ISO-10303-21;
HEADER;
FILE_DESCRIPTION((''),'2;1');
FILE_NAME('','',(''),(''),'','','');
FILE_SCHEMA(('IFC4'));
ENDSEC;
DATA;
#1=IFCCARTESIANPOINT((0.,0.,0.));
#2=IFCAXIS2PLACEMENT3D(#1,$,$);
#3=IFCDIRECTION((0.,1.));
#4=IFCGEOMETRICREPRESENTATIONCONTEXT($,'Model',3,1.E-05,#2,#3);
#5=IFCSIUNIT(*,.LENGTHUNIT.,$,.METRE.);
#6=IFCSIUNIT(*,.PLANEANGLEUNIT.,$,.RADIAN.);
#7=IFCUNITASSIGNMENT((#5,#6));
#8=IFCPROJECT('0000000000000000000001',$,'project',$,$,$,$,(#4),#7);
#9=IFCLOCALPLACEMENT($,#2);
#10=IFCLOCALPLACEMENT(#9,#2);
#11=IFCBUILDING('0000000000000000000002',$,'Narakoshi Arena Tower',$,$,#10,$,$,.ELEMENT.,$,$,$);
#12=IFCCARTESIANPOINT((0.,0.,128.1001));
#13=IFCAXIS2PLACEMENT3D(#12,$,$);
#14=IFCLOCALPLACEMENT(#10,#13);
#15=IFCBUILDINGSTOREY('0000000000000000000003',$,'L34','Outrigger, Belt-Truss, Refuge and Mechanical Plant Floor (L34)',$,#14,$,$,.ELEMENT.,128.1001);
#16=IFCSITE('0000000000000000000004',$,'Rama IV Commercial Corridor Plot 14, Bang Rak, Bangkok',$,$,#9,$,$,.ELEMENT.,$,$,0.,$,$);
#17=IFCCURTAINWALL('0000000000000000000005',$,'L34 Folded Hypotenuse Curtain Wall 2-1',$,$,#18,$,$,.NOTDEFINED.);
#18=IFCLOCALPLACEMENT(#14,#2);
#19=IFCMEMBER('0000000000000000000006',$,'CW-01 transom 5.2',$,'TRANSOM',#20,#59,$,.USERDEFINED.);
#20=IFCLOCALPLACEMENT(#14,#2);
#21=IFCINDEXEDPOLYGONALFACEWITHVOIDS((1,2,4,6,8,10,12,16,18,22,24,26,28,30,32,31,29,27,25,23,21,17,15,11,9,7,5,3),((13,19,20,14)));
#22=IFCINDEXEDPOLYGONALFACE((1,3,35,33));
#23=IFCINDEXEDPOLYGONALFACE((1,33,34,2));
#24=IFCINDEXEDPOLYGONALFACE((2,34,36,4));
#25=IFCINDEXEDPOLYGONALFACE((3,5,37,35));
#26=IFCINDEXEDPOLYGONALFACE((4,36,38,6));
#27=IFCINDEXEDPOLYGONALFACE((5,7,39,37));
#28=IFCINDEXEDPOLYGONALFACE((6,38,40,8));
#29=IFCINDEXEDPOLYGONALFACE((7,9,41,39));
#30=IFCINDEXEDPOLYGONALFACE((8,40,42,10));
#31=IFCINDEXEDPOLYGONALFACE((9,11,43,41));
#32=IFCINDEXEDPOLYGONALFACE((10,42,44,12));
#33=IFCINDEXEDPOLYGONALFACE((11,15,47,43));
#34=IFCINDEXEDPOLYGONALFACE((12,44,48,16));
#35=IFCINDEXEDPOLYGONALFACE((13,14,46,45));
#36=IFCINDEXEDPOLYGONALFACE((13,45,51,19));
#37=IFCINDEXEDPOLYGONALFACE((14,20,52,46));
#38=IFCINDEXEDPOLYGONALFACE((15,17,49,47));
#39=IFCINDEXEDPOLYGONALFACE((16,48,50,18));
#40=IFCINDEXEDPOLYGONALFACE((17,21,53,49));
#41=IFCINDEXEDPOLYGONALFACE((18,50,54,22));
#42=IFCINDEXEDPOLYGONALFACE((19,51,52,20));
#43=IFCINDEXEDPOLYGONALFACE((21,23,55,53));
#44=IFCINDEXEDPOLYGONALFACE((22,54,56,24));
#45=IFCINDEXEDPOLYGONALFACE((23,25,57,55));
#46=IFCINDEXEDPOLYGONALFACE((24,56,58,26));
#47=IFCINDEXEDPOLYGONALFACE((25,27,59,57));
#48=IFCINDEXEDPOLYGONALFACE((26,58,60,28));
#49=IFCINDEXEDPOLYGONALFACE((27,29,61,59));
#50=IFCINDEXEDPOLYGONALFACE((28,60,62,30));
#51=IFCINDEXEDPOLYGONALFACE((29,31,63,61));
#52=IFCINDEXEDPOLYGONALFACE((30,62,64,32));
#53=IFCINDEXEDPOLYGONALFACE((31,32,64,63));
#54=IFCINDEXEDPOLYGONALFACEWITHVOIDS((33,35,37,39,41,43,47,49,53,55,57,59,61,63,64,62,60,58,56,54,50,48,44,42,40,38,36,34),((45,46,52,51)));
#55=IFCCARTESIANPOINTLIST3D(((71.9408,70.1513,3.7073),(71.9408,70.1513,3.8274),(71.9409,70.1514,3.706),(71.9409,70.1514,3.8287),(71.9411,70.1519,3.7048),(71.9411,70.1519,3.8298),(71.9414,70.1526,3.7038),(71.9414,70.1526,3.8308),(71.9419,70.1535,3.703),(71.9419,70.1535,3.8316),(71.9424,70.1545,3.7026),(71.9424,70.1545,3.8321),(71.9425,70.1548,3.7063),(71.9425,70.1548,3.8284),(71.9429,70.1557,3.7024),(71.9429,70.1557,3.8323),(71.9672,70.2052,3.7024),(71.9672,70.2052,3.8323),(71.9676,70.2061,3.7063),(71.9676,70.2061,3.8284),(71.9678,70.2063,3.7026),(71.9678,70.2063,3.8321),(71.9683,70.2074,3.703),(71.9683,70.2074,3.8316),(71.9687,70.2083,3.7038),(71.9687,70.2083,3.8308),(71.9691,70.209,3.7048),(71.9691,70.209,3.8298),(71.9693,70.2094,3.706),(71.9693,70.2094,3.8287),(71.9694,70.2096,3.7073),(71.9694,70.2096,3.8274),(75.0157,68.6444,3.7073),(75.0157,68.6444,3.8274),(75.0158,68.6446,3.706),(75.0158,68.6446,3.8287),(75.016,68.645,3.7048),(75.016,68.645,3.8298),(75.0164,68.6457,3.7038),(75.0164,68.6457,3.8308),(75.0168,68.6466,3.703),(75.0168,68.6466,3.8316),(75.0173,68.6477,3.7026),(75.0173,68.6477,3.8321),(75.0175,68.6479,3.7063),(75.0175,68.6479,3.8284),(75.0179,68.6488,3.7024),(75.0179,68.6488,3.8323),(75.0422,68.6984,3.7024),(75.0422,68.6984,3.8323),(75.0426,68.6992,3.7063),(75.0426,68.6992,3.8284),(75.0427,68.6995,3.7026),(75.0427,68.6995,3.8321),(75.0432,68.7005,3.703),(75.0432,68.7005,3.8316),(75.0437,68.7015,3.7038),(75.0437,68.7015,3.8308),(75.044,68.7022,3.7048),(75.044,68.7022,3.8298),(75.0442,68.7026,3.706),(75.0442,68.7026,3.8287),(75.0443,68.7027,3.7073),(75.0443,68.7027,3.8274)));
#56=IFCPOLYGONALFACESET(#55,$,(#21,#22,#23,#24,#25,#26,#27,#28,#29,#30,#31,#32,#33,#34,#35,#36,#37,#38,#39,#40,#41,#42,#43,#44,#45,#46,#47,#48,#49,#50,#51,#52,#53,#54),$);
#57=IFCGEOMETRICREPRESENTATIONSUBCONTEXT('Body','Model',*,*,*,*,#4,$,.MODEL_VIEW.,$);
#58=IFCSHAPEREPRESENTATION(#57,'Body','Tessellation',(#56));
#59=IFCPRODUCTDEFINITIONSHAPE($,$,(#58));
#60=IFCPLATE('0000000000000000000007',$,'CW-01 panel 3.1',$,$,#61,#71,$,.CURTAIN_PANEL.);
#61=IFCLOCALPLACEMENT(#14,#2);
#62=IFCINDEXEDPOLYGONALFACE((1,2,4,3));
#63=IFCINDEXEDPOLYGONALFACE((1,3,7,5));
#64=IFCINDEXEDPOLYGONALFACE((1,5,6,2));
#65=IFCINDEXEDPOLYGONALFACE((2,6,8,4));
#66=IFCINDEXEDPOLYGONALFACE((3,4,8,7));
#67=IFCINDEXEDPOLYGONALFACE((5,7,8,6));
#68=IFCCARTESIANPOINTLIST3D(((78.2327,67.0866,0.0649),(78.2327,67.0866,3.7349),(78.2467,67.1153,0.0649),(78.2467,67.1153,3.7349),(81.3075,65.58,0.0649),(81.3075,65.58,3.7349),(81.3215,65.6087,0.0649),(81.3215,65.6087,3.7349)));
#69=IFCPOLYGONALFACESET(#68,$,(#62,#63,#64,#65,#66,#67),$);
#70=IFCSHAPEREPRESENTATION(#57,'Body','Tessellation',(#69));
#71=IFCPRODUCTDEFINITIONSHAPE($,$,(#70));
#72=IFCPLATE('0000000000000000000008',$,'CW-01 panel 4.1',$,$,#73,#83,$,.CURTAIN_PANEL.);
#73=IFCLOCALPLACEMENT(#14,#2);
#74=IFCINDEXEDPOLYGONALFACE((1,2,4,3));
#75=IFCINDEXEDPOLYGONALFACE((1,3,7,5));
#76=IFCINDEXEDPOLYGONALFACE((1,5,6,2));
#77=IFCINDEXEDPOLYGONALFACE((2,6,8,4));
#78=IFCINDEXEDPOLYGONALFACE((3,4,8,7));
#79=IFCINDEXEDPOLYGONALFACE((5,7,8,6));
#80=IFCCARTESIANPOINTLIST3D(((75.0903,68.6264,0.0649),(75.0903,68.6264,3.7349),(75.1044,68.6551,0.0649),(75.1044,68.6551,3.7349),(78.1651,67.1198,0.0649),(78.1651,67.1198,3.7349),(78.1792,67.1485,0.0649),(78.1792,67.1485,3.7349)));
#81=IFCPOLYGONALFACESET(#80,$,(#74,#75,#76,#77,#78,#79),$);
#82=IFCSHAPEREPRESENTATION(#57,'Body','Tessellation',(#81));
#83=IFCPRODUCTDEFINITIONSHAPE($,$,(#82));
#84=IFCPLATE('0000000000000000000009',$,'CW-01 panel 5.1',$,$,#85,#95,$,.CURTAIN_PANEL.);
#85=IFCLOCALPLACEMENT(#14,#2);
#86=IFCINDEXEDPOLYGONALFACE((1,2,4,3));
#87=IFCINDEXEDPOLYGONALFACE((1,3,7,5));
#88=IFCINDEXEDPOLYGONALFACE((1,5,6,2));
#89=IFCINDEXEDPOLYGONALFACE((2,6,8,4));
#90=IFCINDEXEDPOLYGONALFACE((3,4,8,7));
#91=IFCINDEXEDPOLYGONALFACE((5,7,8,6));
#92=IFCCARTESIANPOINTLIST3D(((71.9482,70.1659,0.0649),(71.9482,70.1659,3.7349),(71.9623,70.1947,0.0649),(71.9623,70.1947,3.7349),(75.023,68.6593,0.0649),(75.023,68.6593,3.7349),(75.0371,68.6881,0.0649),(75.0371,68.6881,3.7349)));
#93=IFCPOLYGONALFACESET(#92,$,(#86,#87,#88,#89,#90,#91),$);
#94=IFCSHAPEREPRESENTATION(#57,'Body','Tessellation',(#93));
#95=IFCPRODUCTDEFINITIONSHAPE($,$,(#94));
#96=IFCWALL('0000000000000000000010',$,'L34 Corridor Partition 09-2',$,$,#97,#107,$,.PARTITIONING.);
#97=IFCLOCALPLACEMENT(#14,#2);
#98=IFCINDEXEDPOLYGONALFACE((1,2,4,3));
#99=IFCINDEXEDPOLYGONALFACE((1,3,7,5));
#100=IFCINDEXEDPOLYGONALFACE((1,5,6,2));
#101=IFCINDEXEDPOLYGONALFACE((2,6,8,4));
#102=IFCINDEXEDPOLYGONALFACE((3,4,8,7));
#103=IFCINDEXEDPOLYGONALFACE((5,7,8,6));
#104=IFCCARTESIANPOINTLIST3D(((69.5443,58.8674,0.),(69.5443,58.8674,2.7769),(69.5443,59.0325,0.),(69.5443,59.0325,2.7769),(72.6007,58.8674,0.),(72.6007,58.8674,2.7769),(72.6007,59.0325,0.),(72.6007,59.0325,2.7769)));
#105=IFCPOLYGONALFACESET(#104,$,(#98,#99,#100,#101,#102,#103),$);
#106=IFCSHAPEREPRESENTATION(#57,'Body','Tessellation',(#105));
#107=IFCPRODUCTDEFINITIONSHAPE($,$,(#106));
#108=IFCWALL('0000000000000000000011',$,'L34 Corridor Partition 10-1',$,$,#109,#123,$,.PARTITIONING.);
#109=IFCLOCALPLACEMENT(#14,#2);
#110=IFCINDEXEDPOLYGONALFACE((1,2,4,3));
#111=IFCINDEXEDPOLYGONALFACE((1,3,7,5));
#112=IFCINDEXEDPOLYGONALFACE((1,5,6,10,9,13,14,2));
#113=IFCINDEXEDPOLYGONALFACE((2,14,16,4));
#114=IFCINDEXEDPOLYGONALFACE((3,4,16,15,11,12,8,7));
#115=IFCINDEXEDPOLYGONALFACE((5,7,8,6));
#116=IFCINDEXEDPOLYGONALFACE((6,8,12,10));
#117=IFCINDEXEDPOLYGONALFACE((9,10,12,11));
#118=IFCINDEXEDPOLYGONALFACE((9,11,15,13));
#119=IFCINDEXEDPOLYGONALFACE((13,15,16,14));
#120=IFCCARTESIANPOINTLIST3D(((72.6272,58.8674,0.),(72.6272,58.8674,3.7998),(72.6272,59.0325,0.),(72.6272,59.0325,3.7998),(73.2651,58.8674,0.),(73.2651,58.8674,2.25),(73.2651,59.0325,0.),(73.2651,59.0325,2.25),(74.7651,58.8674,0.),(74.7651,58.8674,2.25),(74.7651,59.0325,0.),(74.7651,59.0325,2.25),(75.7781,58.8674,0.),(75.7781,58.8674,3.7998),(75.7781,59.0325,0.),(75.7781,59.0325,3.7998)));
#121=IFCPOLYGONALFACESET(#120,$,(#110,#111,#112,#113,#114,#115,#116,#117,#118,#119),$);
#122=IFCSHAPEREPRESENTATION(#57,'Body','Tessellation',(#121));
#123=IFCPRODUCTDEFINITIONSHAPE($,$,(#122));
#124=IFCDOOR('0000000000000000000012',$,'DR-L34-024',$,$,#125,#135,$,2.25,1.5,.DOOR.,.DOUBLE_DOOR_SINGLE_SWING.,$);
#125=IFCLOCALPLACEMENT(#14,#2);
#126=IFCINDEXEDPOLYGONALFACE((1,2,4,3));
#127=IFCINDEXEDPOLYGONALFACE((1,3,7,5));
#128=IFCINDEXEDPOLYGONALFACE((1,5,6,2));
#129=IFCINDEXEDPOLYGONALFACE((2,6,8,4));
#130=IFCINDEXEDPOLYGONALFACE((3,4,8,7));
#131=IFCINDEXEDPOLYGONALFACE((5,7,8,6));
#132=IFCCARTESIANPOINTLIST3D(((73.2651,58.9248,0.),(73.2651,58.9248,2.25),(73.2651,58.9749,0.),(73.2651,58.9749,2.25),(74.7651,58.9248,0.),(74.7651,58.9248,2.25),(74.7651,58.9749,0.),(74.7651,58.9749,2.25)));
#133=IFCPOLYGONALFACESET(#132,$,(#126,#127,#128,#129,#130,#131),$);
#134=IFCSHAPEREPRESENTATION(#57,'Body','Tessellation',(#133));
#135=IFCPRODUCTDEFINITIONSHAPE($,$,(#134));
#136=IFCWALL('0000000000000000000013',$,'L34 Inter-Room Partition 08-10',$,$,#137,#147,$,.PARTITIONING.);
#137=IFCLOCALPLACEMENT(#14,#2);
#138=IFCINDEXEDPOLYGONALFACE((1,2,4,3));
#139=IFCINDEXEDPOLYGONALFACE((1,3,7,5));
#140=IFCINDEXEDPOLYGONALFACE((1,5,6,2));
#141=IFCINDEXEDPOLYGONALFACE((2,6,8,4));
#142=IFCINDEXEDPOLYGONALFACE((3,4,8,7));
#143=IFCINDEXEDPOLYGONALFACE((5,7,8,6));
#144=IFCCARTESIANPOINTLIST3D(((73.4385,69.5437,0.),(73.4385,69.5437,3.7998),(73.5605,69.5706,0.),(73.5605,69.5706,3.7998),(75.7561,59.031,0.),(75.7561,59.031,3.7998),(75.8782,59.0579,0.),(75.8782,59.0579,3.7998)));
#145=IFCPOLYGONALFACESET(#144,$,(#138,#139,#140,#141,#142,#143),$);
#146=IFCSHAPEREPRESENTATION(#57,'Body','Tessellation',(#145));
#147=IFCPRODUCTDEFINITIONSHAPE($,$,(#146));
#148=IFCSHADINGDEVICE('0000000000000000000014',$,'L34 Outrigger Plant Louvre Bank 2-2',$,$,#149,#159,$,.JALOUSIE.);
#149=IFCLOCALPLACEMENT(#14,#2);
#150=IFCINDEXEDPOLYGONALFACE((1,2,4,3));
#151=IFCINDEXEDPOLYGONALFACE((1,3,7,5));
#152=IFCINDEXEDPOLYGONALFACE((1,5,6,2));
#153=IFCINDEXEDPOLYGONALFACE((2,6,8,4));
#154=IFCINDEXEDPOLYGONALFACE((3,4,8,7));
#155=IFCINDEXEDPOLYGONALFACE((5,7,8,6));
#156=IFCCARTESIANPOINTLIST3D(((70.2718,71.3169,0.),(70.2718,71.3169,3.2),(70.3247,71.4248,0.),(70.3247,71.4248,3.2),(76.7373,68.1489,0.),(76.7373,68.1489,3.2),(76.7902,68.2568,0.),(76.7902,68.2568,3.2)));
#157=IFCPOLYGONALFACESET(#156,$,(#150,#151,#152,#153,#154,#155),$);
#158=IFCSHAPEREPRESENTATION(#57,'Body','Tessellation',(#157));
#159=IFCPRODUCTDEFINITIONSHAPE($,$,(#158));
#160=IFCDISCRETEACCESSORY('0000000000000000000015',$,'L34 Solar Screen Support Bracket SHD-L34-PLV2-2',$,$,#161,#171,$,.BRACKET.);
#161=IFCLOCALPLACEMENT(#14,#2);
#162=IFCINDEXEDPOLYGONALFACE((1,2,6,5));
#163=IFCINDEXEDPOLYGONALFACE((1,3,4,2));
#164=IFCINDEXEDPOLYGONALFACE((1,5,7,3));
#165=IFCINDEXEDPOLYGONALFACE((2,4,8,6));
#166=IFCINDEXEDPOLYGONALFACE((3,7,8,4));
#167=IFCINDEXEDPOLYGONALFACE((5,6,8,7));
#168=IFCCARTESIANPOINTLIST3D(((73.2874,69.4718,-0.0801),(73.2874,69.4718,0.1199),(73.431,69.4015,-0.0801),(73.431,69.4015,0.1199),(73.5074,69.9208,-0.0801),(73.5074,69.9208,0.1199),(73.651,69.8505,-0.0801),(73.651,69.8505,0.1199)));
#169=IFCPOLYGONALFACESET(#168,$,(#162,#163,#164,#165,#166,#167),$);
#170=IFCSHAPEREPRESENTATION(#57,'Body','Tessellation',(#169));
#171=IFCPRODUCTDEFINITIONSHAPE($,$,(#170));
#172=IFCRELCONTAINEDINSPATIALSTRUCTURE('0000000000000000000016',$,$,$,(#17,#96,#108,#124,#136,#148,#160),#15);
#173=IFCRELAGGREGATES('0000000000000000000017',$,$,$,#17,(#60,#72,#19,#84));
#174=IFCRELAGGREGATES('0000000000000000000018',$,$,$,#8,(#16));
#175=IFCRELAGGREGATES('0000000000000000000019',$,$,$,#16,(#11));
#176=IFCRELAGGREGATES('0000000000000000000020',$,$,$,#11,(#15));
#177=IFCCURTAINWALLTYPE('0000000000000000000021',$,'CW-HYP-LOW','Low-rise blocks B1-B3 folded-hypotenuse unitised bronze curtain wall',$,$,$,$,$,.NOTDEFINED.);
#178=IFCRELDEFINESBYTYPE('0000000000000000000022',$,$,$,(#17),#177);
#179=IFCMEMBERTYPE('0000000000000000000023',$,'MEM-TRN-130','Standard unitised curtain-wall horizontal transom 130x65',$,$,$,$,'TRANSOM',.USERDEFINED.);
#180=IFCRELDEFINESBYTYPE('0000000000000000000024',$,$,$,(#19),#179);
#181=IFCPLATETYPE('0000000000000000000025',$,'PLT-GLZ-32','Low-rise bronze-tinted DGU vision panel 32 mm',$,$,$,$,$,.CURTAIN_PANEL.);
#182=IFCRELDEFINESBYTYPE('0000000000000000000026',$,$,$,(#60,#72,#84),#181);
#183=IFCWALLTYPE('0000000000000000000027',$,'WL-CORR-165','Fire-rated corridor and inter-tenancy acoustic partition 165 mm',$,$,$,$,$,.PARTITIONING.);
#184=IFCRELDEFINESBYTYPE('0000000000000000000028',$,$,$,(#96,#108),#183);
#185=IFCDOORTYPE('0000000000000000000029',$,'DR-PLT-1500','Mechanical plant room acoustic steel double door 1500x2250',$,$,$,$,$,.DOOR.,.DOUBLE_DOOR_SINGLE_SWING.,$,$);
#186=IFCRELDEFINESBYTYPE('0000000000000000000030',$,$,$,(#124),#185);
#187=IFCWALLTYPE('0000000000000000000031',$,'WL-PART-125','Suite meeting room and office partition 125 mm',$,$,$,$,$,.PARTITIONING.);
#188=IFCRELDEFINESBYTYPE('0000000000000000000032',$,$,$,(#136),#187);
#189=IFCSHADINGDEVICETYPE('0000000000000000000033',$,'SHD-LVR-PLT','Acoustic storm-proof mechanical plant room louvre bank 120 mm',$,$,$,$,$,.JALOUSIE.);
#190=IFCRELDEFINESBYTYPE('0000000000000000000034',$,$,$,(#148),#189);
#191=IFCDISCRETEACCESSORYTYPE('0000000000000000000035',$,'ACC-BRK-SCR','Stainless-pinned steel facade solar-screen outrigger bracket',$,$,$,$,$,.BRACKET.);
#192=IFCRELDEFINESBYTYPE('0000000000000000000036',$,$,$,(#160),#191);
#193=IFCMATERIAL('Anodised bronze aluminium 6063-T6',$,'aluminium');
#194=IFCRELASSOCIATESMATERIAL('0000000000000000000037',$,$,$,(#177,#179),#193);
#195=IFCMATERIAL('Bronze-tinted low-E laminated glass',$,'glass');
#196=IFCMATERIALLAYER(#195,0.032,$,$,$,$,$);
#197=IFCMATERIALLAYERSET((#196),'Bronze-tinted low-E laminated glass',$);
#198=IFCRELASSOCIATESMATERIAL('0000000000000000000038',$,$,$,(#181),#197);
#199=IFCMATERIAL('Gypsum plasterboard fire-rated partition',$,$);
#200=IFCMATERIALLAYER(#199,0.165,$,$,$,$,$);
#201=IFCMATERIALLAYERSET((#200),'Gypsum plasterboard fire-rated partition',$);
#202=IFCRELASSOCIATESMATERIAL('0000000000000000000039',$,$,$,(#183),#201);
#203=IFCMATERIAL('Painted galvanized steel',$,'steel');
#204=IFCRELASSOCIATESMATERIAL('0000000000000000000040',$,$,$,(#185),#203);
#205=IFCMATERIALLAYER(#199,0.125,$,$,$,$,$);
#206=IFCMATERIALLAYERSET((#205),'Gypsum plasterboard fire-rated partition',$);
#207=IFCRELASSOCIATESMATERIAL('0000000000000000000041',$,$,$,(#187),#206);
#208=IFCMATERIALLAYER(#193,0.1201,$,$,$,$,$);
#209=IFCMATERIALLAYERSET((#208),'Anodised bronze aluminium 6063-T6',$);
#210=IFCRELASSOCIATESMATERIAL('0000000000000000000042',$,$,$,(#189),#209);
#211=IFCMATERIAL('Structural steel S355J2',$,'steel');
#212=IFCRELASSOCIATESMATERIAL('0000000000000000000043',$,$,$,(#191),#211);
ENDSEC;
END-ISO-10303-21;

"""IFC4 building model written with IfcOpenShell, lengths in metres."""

from ifc_helpers import new_model, si_unit, direction, frame, frame_2d, origin, origin_2d, place, context, subcontext, project, spatial, rectangle, hollow_rectangle, extrude, material, layer, layer_set, material_profile, profile_set, type_object, element, fill, aggregate, save


model = new_model("IFC4")

# Units and contexts
model_context = context("Model", 3, precision=1e-05, world=origin(), true_north=direction((0.0, 1.0)))
body_context = subcontext(model_context, "Body", "Model", "MODEL_VIEW")
ifc_project = project(units=[si_unit("LENGTHUNIT", "METRE"), si_unit("PLANEANGLEUNIT", "RADIAN")], contexts=[model_context])

# Site, building, storey
site_placement = place(None, origin())
site = spatial("IfcSite", under=ifc_project, at=site_placement, Name="Rama IV Commercial Corridor Plot 14, Bang Rak, Bangkok", CompositionType="ELEMENT", RefElevation=0.0)
building_placement = place(site_placement, origin())
building = spatial("IfcBuilding", under=site, at=building_placement, Name="Narakoshi Arena Tower", CompositionType="ELEMENT")
storey_placement = place(building_placement, frame((0.0, 0.0, 128.1001)))
storey = spatial("IfcBuildingStorey", under=building, at=storey_placement, Name="L34", Description="Outrigger, Belt-Truss, Refuge and Mechanical Plant Floor (L34)", CompositionType="ELEMENT", Elevation=128.1001)

# Curtain wall, member, plates
ifc_material_1 = material(Name="Anodised bronze aluminium 6063-T6", Category="aluminium")
curtain_wall_type = type_object("IfcCurtainWallType", Name="CW-HYP-LOW", Description="Low-rise blocks B1-B3 folded-hypotenuse unitised bronze curtain wall", PredefinedType="NOTDEFINED", material=ifc_material_1)
curtain_wall_placement = place(storey_placement, origin())
curtain_wall = element("IfcCurtainWall", 1, at=curtain_wall_placement, inside=storey, type_object=curtain_wall_type, Name="L34 Folded Hypotenuse Curtain Wall 2-1", PredefinedType="NOTDEFINED")
ifc_material_profile_1 = material_profile(ifc_material_1, hollow_rectangle(XDim=0.0649, YDim=0.1299, WallThickness=0.0039, OuterFilletRadius=0.0049, at=origin_2d()), Name="TRN130x65x4")
ifc_profile_set_1 = profile_set([ifc_material_profile_1], Name="Anodised bronze aluminium 6063-T6")
member_type_1 = type_object("IfcMemberType", Name="MEM-TRN-130", Description="Standard unitised curtain-wall horizontal transom 130x65", ElementType="TRANSOM", PredefinedType="USERDEFINED", material=ifc_profile_set_1)
member_1_placement = place(storey_placement, frame((75.03, 68.6736, 3.7673), z_axis=(-0.897978, 0.440041, 0.0), x_axis=(-0.440041, -0.897978, 0.0)))
member_1 = element("IfcMember", 2, at=member_1_placement, type_object=member_type_1, Name="CW-01 transom 5.2", ObjectType="TRANSOM", PredefinedType="USERDEFINED", context=body_context, shape_type="SweptSolid", body=[
    extrude(hollow_rectangle(XDim=0.0649, YDim=0.1299, WallThickness=0.0039, OuterFilletRadius=0.0049, at=origin_2d()), origin(), (0.0, 0.0, 1.0), 3.4243),
])
ifc_material_2 = material(Name="Bronze-tinted low-E laminated glass", Category="glass")
ifc_layer_1 = layer(ifc_material_2, 0.032)
ifc_layer_set_1 = layer_set([ifc_layer_1], Name="Bronze-tinted low-E laminated glass")
plate_type = type_object("IfcPlateType", Name="PLT-GLZ-32", Description="Low-rise bronze-tinted DGU vision panel 32 mm", PredefinedType="CURTAIN_PANEL", material=ifc_layer_set_1)
plate_1_placement = place(storey_placement, frame((79.7771, 66.3477, 0.0649), z_axis=(0.0, 0.0, 1.0), x_axis=(-0.897996, 0.440004, 0.0)))
plate_1 = element("IfcPlate", 3, at=plate_1_placement, type_object=plate_type, Name="CW-01 panel 3.1", PredefinedType="CURTAIN_PANEL", context=body_context, shape_type="SweptSolid", body=[
    extrude(rectangle(XDim=3.4241, YDim=0.032, at=origin_2d()), origin(), (0.0, 0.0, 1.0), 3.6699),
])
plate_2_placement = place(storey_placement, frame((76.6348, 67.8875, 0.0649), z_axis=(0.0, 0.0, 1.0), x_axis=(-0.897996, 0.440004, 0.0)))
plate_2 = element("IfcPlate", 4, at=plate_2_placement, type_object=plate_type, Name="CW-01 panel 4.1", PredefinedType="CURTAIN_PANEL", context=body_context, shape_type="SweptSolid", body=[
    extrude(rectangle(XDim=3.4241, YDim=0.032, at=origin_2d()), origin(), (0.0, 0.0, 1.0), 3.6699),
])
plate_3_placement = place(storey_placement, frame((73.4927, 69.427, 0.0649), z_axis=(0.0, 0.0, 1.0), x_axis=(-0.897996, 0.440004, 0.0)))
plate_3 = element("IfcPlate", 5, at=plate_3_placement, type_object=plate_type, Name="CW-01 panel 5.1", PredefinedType="CURTAIN_PANEL", context=body_context, shape_type="SweptSolid", body=[
    extrude(rectangle(XDim=3.4241, YDim=0.032, at=origin_2d()), origin(), (0.0, 0.0, 1.0), 3.6699),
])
aggregate(curtain_wall, [plate_1, plate_2, member_1, plate_3])

# Wall
ifc_material_3 = material(Name="Gypsum plasterboard fire-rated partition")
ifc_layer_2 = layer(ifc_material_3, 0.165)
ifc_layer_set_2 = layer_set([ifc_layer_2], Name="Gypsum plasterboard fire-rated partition")
wall_type_1 = type_object("IfcWallType", Name="WL-CORR-165", Description="Fire-rated corridor and inter-tenancy acoustic partition 165 mm", PredefinedType="PARTITIONING", material=ifc_layer_set_2)
wall_1_placement = place(storey_placement, frame((72.6008, 58.95, 0.0), z_axis=(0.0, 0.0, 1.0), x_axis=(-1.0, 0.0, 0.0)))
element("IfcWall", 6, at=wall_1_placement, inside=storey, type_object=wall_type_1, Name="L34 Corridor Partition 09-2", PredefinedType="PARTITIONING", context=body_context, shape_type="SweptSolid", body=[
    extrude(rectangle(XDim=3.0564, YDim=0.165, at=frame_2d((1.5283, 0.0))), origin(), (0.0, 0.0, 1.0), 2.7769),
])

# Wall, opening, door
wall_2_placement = place(storey_placement, frame((75.7781, 58.95, 0.0), z_axis=(0.0, 0.0, 1.0), x_axis=(-1.0, 0.0, 0.0)))
wall_2 = element("IfcWall", 7, at=wall_2_placement, inside=storey, type_object=wall_type_1, Name="L34 Corridor Partition 10-1", PredefinedType="PARTITIONING", context=body_context, shape_type="SweptSolid", body=[
    extrude(rectangle(XDim=3.1509, YDim=0.165, at=frame_2d((1.5754, 0.0))), origin(), (0.0, 0.0, 1.0), 3.7998),
])
opening_placement = place(wall_2_placement, frame((1.0129, 0.0, 0.0)))
opening = element("IfcOpeningElement", 8, at=opening_placement, cuts=wall_2, PredefinedType="OPENING", context=body_context, shape_type="SweptSolid", body=[
    extrude(rectangle(XDim=1.5, YDim=2.25, at=frame_2d((0.75, 1.125))), frame((0.0, 0.0925, 0.0), z_axis=(0.0, -1.0, 0.0), x_axis=(1.0, 0.0, 0.0)), (0.0, 0.0, 1.0), 0.1851),
])
ifc_material_4 = material(Name="Painted galvanized steel", Category="steel")
door_type = type_object("IfcDoorType", Name="DR-PLT-1500", Description="Mechanical plant room acoustic steel double door 1500x2250", OperationType="DOUBLE_DOOR_SINGLE_SWING", PredefinedType="DOOR", material=ifc_material_4)
door_placement = place(opening_placement, frame((1.5, 0.0, 0.0), z_axis=(0.0, 0.0, 1.0), x_axis=(-1.0, 0.0, 0.0)))
door = element("IfcDoor", 9, at=door_placement, inside=storey, type_object=door_type, Name="DR-L34-024", OperationType="DOUBLE_DOOR_SINGLE_SWING", OverallHeight=2.25, OverallWidth=1.5, PredefinedType="DOOR", context=body_context, shape_type="SweptSolid", body=[
    extrude(rectangle(XDim=1.5, YDim=2.25, at=frame_2d((0.75, 1.125))), frame((0.0, 0.0249, 0.0), z_axis=(0.0, -1.0, 0.0), x_axis=(1.0, 0.0, 0.0)), (0.0, 0.0, 1.0), 0.05),
])
fill(opening, door)

# Wall
ifc_layer_3 = layer(ifc_material_3, 0.125)
ifc_layer_set_3 = layer_set([ifc_layer_3], Name="Gypsum plasterboard fire-rated partition")
wall_type_2 = type_object("IfcWallType", Name="WL-PART-125", Description="Suite meeting room and office partition 125 mm", PredefinedType="PARTITIONING", material=ifc_layer_set_3)
wall_3_placement = place(storey_placement, frame((75.8171, 59.0444, 0.0), z_axis=(0.0, 0.0, 1.0), x_axis=(-0.21529, 0.97655, 0.0)))
element("IfcWall", 10, at=wall_3_placement, inside=storey, type_object=wall_type_2, Name="L34 Inter-Room Partition 08-10", PredefinedType="PARTITIONING", context=body_context, shape_type="SweptSolid", body=[
    extrude(rectangle(XDim=10.7651, YDim=0.125, at=frame_2d((5.3826, 0.0))), origin(), (0.0, 0.0, 1.0), 3.7998),
])

# Shading device
ifc_layer_4 = layer(ifc_material_1, 0.1201)
ifc_layer_set_4 = layer_set([ifc_layer_4], Name="Anodised bronze aluminium 6063-T6")
shading_device_type = type_object("IfcShadingDeviceType", Name="SHD-LVR-PLT", Description="Acoustic storm-proof mechanical plant room louvre bank 120 mm", PredefinedType="JALOUSIE", material=ifc_layer_set_4)
shading_device_placement = place(storey_placement, frame((73.531, 69.7869, 0.0), z_axis=(0.0, 0.0, 1.0), x_axis=(-0.897997, 0.440002, 0.0)))
element("IfcShadingDevice", 11, at=shading_device_placement, inside=storey, type_object=shading_device_type, Name="L34 Outrigger Plant Louvre Bank 2-2", PredefinedType="JALOUSIE", context=body_context, shape_type="SweptSolid", body=[
    extrude(rectangle(XDim=7.2, YDim=0.1201, at=origin_2d()), origin(), (0.0, 0.0, 1.0), 3.2),
])

# Discrete accessory
ifc_material_5 = material(Name="Structural steel S355J2", Category="steel")
discrete_accessory_type = type_object("IfcDiscreteAccessoryType", Name="ACC-BRK-SCR", Description="Stainless-pinned steel facade solar-screen outrigger bracket", PredefinedType="BRACKET", material=ifc_material_5)
discrete_accessory_placement = place(storey_placement, frame((73.4692, 69.6611, -0.0801), z_axis=(0.0, 0.0, 1.0), x_axis=(-0.897997, 0.440002, 0.0)))
element("IfcDiscreteAccessory", 12, at=discrete_accessory_placement, inside=storey, type_object=discrete_accessory_type, Name="L34 Solar Screen Support Bracket SHD-L34-PLV2-2", PredefinedType="BRACKET", context=body_context, shape_type="SweptSolid", body=[
    extrude(rectangle(XDim=0.1599, YDim=0.5, at=origin_2d()), origin(), (0.0, 0.0, 1.0), 0.2),
])

save(model, "model.ifc")
